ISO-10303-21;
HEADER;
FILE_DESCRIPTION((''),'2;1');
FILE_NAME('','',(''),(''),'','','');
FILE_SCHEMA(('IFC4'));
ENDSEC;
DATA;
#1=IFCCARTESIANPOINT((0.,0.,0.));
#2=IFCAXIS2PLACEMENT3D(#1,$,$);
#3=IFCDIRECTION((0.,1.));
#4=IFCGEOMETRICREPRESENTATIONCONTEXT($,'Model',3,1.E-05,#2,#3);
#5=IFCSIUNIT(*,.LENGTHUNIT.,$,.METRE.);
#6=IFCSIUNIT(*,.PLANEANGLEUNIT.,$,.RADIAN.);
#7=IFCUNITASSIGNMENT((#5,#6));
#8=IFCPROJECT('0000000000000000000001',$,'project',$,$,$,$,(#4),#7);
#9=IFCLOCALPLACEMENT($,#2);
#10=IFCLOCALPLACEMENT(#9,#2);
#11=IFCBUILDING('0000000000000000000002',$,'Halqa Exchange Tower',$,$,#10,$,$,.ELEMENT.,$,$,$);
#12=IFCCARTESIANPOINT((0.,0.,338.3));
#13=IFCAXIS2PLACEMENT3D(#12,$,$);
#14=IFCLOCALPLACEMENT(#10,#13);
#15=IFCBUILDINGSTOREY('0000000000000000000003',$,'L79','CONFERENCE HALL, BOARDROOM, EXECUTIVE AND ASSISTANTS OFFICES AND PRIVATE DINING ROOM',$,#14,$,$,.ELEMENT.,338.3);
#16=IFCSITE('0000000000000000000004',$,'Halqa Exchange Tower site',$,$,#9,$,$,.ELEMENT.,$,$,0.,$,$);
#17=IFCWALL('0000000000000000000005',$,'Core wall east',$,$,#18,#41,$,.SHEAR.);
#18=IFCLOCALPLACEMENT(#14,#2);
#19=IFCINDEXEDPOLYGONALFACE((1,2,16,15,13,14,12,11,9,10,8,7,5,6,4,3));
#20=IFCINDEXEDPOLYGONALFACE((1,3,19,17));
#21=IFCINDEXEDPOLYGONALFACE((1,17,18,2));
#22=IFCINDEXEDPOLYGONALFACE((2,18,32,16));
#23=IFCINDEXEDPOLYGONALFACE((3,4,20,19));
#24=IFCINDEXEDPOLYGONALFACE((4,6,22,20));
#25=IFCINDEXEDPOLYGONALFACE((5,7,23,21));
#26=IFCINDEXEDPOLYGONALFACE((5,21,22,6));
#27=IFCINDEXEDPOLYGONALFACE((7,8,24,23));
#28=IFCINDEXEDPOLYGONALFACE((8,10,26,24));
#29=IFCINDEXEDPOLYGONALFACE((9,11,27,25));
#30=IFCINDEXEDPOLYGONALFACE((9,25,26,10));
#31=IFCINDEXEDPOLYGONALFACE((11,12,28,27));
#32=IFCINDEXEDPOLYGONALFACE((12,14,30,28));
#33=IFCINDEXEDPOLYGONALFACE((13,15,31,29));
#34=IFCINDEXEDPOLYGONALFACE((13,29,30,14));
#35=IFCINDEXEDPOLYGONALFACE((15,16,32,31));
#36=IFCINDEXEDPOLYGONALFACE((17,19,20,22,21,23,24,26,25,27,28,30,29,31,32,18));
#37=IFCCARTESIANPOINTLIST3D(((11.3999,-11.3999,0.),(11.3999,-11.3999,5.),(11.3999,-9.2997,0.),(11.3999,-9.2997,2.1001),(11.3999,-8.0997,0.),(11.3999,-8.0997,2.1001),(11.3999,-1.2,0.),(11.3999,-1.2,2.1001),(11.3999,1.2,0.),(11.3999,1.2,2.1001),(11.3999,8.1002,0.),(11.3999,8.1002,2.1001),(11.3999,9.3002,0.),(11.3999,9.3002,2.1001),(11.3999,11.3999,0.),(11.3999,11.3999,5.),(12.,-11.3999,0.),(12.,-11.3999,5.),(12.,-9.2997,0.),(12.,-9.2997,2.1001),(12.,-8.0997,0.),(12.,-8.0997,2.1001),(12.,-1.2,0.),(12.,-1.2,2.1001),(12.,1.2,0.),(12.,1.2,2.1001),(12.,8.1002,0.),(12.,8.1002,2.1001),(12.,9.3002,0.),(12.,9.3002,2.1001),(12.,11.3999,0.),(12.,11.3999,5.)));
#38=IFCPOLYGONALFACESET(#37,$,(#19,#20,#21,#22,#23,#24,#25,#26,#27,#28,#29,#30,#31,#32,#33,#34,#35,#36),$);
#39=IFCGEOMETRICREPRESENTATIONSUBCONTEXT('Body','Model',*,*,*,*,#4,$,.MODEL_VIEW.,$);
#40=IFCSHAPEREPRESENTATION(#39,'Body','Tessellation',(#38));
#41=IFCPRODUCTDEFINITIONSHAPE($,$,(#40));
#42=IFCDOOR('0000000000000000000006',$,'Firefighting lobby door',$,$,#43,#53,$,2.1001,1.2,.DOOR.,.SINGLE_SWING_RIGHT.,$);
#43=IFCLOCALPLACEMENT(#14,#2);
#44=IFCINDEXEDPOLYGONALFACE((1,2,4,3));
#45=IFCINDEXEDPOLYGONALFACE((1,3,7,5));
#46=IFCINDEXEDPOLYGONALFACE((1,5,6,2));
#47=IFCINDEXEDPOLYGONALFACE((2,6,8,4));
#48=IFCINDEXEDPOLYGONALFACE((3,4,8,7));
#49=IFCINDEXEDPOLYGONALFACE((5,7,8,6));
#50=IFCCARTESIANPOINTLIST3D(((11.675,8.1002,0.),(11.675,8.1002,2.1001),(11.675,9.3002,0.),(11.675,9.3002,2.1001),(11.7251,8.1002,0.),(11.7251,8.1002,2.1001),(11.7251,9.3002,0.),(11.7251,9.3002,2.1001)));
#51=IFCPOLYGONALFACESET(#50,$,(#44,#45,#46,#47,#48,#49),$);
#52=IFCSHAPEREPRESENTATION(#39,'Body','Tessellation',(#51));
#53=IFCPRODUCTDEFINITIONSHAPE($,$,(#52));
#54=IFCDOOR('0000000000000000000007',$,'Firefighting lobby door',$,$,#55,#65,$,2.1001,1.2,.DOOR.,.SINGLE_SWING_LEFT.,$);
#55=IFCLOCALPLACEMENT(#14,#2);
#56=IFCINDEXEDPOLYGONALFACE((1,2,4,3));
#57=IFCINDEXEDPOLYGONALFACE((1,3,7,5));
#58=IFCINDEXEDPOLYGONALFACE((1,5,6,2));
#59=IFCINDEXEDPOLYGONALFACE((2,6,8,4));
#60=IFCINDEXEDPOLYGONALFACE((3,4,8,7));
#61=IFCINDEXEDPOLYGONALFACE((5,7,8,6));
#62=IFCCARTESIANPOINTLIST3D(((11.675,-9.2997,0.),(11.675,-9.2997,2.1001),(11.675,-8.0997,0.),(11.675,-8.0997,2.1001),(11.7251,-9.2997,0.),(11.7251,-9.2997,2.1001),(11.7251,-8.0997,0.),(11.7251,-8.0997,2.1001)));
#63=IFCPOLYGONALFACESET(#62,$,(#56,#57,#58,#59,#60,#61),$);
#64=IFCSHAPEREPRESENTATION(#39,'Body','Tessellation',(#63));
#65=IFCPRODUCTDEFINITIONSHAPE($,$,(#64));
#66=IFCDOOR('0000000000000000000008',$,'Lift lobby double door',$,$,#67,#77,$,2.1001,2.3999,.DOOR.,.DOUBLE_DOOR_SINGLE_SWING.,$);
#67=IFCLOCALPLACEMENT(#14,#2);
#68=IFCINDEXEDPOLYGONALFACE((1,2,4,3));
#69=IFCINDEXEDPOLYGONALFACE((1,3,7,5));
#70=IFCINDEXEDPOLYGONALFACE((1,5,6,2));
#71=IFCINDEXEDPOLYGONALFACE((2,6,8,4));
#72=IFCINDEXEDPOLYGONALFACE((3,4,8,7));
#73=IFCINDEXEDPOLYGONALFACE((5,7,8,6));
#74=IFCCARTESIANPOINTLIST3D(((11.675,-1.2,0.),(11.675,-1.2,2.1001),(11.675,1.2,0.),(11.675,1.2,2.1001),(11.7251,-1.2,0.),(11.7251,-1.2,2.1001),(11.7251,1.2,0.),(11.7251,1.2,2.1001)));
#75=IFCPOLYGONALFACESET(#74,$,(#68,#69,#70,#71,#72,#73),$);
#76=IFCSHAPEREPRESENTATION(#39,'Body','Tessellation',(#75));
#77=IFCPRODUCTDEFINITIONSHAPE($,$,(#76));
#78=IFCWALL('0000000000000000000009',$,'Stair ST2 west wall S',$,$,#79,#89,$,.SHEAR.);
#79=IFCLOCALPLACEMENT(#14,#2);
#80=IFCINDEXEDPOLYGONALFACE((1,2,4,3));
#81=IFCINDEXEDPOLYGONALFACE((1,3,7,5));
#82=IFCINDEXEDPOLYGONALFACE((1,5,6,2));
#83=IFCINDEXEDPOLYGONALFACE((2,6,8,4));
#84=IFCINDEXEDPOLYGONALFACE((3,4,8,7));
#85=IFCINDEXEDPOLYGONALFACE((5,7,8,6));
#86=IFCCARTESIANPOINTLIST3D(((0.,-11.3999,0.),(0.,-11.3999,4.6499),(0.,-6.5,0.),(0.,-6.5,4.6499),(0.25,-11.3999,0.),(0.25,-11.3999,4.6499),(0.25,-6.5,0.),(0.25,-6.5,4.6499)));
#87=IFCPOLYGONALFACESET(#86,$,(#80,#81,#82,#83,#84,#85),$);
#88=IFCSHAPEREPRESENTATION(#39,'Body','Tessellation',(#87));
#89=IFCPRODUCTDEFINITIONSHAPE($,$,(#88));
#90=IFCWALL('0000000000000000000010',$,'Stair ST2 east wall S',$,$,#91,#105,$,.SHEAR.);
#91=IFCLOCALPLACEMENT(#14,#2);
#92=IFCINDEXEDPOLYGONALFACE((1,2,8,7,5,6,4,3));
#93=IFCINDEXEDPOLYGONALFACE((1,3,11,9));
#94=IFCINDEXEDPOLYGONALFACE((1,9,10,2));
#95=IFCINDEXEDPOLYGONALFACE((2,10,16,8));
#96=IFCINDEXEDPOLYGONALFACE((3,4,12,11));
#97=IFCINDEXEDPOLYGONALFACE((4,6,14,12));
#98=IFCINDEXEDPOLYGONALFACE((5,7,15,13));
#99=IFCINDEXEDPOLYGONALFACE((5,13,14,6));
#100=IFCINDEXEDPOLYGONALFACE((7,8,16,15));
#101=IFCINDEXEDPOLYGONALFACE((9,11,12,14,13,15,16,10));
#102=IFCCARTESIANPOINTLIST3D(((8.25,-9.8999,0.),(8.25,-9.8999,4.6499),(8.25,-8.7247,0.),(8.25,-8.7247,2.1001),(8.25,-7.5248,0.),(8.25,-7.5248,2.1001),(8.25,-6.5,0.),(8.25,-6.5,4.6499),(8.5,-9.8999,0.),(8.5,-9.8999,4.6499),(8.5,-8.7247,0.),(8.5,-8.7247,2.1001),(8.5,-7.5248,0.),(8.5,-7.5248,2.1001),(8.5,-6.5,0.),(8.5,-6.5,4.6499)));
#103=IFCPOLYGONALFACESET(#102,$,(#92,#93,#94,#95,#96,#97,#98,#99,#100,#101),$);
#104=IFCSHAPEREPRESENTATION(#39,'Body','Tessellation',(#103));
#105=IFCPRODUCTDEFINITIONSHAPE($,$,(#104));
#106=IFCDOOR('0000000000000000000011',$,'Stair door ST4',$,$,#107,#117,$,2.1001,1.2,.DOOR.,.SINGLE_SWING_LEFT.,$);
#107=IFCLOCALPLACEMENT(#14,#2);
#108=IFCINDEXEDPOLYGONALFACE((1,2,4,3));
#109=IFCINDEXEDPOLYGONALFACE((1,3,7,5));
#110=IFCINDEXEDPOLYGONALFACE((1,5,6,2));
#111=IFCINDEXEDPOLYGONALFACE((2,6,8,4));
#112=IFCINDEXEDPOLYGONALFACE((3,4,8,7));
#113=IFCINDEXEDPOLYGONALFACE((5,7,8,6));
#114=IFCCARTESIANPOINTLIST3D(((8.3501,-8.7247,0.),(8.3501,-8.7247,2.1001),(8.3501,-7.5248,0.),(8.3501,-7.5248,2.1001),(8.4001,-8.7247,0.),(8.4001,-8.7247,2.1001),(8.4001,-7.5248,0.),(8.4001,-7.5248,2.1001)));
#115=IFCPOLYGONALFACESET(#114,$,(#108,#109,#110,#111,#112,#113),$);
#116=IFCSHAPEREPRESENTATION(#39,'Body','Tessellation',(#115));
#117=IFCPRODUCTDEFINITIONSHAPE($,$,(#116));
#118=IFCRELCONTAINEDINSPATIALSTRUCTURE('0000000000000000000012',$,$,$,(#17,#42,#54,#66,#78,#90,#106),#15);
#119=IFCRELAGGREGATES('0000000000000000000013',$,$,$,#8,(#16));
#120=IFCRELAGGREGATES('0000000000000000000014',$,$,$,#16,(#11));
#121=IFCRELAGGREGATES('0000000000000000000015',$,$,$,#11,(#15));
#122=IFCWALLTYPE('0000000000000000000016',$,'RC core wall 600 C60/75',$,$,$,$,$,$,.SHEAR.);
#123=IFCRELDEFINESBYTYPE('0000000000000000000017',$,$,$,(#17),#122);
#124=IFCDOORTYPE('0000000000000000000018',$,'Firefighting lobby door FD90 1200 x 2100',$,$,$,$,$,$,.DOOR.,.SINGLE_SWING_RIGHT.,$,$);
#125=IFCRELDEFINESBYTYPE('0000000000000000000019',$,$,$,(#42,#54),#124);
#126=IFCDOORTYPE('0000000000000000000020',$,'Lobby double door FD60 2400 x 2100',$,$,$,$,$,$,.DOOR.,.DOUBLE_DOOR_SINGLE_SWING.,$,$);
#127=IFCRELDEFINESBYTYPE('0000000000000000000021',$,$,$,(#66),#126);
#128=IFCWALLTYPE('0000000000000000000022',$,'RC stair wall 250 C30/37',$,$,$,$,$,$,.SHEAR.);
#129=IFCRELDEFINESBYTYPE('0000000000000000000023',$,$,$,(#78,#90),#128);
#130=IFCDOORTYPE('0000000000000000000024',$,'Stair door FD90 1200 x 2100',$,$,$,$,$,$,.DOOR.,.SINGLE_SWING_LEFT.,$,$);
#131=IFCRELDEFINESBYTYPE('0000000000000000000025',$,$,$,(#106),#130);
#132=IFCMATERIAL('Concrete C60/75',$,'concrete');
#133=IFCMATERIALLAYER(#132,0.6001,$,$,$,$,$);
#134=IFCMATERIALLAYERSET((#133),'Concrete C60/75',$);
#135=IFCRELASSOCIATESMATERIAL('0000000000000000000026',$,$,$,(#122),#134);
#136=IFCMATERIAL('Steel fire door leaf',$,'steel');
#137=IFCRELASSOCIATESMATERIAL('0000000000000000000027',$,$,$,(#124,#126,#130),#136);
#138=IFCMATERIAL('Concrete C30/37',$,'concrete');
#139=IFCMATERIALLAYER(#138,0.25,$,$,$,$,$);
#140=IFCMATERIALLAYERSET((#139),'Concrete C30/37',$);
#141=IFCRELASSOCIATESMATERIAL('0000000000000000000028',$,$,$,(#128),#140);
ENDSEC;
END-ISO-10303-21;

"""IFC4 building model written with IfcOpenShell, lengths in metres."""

from ifc_helpers import new_model, si_unit, direction, frame, frame_2d, origin, place, context, subcontext, project, spatial, rectangle, extrude, material, layer, layer_set, type_object, element, fill, save


model = new_model("IFC4")

# Units and contexts
model_context = context("Model", 3, precision=1e-05, world=origin(), true_north=direction((0.0, 1.0)))
body_context = subcontext(model_context, "Body", "Model", "MODEL_VIEW")
ifc_project = project(units=[si_unit("LENGTHUNIT", "METRE"), si_unit("PLANEANGLEUNIT", "RADIAN")], contexts=[model_context])

# Site, building, storey
site_placement = place(None, origin())
site = spatial("IfcSite", under=ifc_project, at=site_placement, Name="Halqa Exchange Tower site", CompositionType="ELEMENT", RefElevation=0.0)
building_placement = place(site_placement, origin())
building = spatial("IfcBuilding", under=site, at=building_placement, Name="Halqa Exchange Tower", CompositionType="ELEMENT")
storey_placement = place(building_placement, frame((0.0, 0.0, 338.3)))
storey = spatial("IfcBuildingStorey", under=building, at=storey_placement, Name="L79", Description="CONFERENCE HALL, BOARDROOM, EXECUTIVE AND ASSISTANTS OFFICES AND PRIVATE DINING ROOM", CompositionType="ELEMENT", Elevation=338.3)

# Wall, openings, doors
ifc_material_1 = material(Name="Concrete C60/75", Category="concrete")
ifc_layer_1 = layer(ifc_material_1, 0.6001)
ifc_layer_set_1 = layer_set([ifc_layer_1], Name="Concrete C60/75")
wall_type_1 = type_object("IfcWallType", Name="RC core wall 600 C60/75", PredefinedType="SHEAR", material=ifc_layer_set_1)
wall_1_placement = place(storey_placement, frame((11.7, -11.3999, 0.0), z_axis=(0.0, 0.0, 1.0), x_axis=(0.0, 1.0, 0.0)))
wall_1 = element("IfcWall", 1, at=wall_1_placement, inside=storey, type_object=wall_type_1, Name="Core wall east", PredefinedType="SHEAR", context=body_context, shape_type="SweptSolid", body=[
    extrude(rectangle(XDim=22.7998, YDim=0.6001, at=frame_2d((11.3999, 0.0))), origin(), (0.0, 0.0, 1.0), 5.0),
])
opening_1_placement = place(wall_1_placement, frame((10.2, 0.0, 0.0)))
opening_1 = element("IfcOpeningElement", 2, at=opening_1_placement, cuts=wall_1, PredefinedType="OPENING", context=body_context, shape_type="SweptSolid", body=[
    extrude(rectangle(XDim=2.3999, YDim=2.1001, at=frame_2d((1.2, 1.05))), frame((0.0, 0.312, 0.0), z_axis=(0.0, -1.0, 0.0), x_axis=(1.0, 0.0, 0.0)), (0.0, 0.0, 1.0), 0.624),
])
opening_2_placement = place(wall_1_placement, frame((19.5, 0.0, 0.0)))
opening_2 = element("IfcOpeningElement", 3, at=opening_2_placement, cuts=wall_1, PredefinedType="OPENING", context=body_context, shape_type="SweptSolid", body=[
    extrude(rectangle(XDim=1.2, YDim=2.1001, at=frame_2d((0.6001, 1.05))), frame((0.0, 0.312, 0.0), z_axis=(0.0, -1.0, 0.0), x_axis=(1.0, 0.0, 0.0)), (0.0, 0.0, 1.0), 0.624),
])
opening_3_placement = place(wall_1_placement, frame((2.1001, 0.0, 0.0)))
opening_3 = element("IfcOpeningElement", 4, at=opening_3_placement, cuts=wall_1, PredefinedType="OPENING", context=body_context, shape_type="SweptSolid", body=[
    extrude(rectangle(XDim=1.2, YDim=2.1001, at=frame_2d((0.6001, 1.05))), frame((0.0, 0.312, 0.0), z_axis=(0.0, -1.0, 0.0), x_axis=(1.0, 0.0, 0.0)), (0.0, 0.0, 1.0), 0.624),
])
ifc_material_2 = material(Name="Steel fire door leaf", Category="steel")
door_type_1 = type_object("IfcDoorType", Name="Firefighting lobby door FD90 1200 x 2100", OperationType="SINGLE_SWING_RIGHT", PredefinedType="DOOR", material=ifc_material_2)
door_1_placement = place(opening_2_placement, origin())
door_1 = element("IfcDoor", 5, at=door_1_placement, inside=storey, type_object=door_type_1, Name="Firefighting lobby door", OperationType="SINGLE_SWING_RIGHT", OverallHeight=2.1001, OverallWidth=1.2, PredefinedType="DOOR", context=body_context, shape_type="SweptSolid", body=[
    extrude(rectangle(XDim=1.2, YDim=2.1001, at=frame_2d((0.6001, 1.05))), frame((0.0, 0.0249, 0.0), z_axis=(0.0, -1.0, 0.0), x_axis=(1.0, 0.0, 0.0)), (0.0, 0.0, 1.0), 0.05),
])
fill(opening_2, door_1)
door_2_placement = place(opening_3_placement, origin())
door_2 = element("IfcDoor", 6, at=door_2_placement, inside=storey, type_object=door_type_1, Name="Firefighting lobby door", OperationType="SINGLE_SWING_LEFT", OverallHeight=2.1001, OverallWidth=1.2, PredefinedType="DOOR", context=body_context, shape_type="SweptSolid", body=[
    extrude(rectangle(XDim=1.2, YDim=2.1001, at=frame_2d((0.6001, 1.05))), frame((0.0, 0.0249, 0.0), z_axis=(0.0, -1.0, 0.0), x_axis=(1.0, 0.0, 0.0)), (0.0, 0.0, 1.0), 0.05),
])
fill(opening_3, door_2)
door_type_2 = type_object("IfcDoorType", Name="Lobby double door FD60 2400 x 2100", OperationType="DOUBLE_DOOR_SINGLE_SWING", PredefinedType="DOOR", material=ifc_material_2)
door_3_placement = place(opening_1_placement, origin())
door_3 = element("IfcDoor", 7, at=door_3_placement, inside=storey, type_object=door_type_2, Name="Lift lobby double door", OperationType="DOUBLE_DOOR_SINGLE_SWING", OverallHeight=2.1001, OverallWidth=2.3999, PredefinedType="DOOR", context=body_context, shape_type="SweptSolid", body=[
    extrude(rectangle(XDim=2.3999, YDim=2.1001, at=frame_2d((1.2, 1.05))), frame((0.0, 0.0249, 0.0), z_axis=(0.0, -1.0, 0.0), x_axis=(1.0, 0.0, 0.0)), (0.0, 0.0, 1.0), 0.05),
])
fill(opening_1, door_3)

# Wall
ifc_material_3 = material(Name="Concrete C30/37", Category="concrete")
ifc_layer_2 = layer(ifc_material_3, 0.25)
ifc_layer_set_2 = layer_set([ifc_layer_2], Name="Concrete C30/37")
wall_type_2 = type_object("IfcWallType", Name="RC stair wall 250 C30/37", PredefinedType="SHEAR", material=ifc_layer_set_2)
wall_2_placement = place(storey_placement, frame((0.125, -11.3999, 0.0), z_axis=(0.0, 0.0, 1.0), x_axis=(0.0, 1.0, 0.0)))
element("IfcWall", 8, at=wall_2_placement, inside=storey, type_object=wall_type_2, Name="Stair ST2 west wall S", PredefinedType="SHEAR", context=body_context, shape_type="SweptSolid", body=[
    extrude(rectangle(XDim=4.8999, YDim=0.25, at=frame_2d((2.45, 0.0))), origin(), (0.0, 0.0, 1.0), 4.6499),
])

# Wall, opening, door
wall_3_placement = place(storey_placement, frame((8.375, -9.8999, 0.0), z_axis=(0.0, 0.0, 1.0), x_axis=(0.0, 1.0, 0.0)))
wall_3 = element("IfcWall", 9, at=wall_3_placement, inside=storey, type_object=wall_type_2, Name="Stair ST2 east wall S", PredefinedType="SHEAR", context=body_context, shape_type="SweptSolid", body=[
    extrude(rectangle(XDim=3.3999, YDim=0.25, at=frame_2d((1.7, 0.0))), origin(), (0.0, 0.0, 1.0), 4.6499),
])
opening_4_placement = place(wall_3_placement, frame((1.175, 0.0, 0.0)))
opening_4 = element("IfcOpeningElement", 10, at=opening_4_placement, cuts=wall_3, PredefinedType="OPENING", context=body_context, shape_type="SweptSolid", body=[
    extrude(rectangle(XDim=1.2, YDim=2.1001, at=frame_2d((0.6001, 1.05))), frame((0.0, 0.137, 0.0), z_axis=(0.0, -1.0, 0.0), x_axis=(1.0, 0.0, 0.0)), (0.0, 0.0, 1.0), 0.2739),
])
door_type_3 = type_object("IfcDoorType", Name="Stair door FD90 1200 x 2100", OperationType="SINGLE_SWING_LEFT", PredefinedType="DOOR", material=ifc_material_2)
door_4_placement = place(opening_4_placement, origin())
door_4 = element("IfcDoor", 11, at=door_4_placement, inside=storey, type_object=door_type_3, Name="Stair door ST4", OperationType="SINGLE_SWING_LEFT", OverallHeight=2.1001, OverallWidth=1.2, PredefinedType="DOOR", context=body_context, shape_type="SweptSolid", body=[
    extrude(rectangle(XDim=1.2, YDim=2.1001, at=frame_2d((0.6001, 1.05))), frame((0.0, 0.0249, 0.0), z_axis=(0.0, -1.0, 0.0), x_axis=(1.0, 0.0, 0.0)), (0.0, 0.0, 1.0), 0.05),
])
fill(opening_4, door_4)

save(model, "model.ifc")
